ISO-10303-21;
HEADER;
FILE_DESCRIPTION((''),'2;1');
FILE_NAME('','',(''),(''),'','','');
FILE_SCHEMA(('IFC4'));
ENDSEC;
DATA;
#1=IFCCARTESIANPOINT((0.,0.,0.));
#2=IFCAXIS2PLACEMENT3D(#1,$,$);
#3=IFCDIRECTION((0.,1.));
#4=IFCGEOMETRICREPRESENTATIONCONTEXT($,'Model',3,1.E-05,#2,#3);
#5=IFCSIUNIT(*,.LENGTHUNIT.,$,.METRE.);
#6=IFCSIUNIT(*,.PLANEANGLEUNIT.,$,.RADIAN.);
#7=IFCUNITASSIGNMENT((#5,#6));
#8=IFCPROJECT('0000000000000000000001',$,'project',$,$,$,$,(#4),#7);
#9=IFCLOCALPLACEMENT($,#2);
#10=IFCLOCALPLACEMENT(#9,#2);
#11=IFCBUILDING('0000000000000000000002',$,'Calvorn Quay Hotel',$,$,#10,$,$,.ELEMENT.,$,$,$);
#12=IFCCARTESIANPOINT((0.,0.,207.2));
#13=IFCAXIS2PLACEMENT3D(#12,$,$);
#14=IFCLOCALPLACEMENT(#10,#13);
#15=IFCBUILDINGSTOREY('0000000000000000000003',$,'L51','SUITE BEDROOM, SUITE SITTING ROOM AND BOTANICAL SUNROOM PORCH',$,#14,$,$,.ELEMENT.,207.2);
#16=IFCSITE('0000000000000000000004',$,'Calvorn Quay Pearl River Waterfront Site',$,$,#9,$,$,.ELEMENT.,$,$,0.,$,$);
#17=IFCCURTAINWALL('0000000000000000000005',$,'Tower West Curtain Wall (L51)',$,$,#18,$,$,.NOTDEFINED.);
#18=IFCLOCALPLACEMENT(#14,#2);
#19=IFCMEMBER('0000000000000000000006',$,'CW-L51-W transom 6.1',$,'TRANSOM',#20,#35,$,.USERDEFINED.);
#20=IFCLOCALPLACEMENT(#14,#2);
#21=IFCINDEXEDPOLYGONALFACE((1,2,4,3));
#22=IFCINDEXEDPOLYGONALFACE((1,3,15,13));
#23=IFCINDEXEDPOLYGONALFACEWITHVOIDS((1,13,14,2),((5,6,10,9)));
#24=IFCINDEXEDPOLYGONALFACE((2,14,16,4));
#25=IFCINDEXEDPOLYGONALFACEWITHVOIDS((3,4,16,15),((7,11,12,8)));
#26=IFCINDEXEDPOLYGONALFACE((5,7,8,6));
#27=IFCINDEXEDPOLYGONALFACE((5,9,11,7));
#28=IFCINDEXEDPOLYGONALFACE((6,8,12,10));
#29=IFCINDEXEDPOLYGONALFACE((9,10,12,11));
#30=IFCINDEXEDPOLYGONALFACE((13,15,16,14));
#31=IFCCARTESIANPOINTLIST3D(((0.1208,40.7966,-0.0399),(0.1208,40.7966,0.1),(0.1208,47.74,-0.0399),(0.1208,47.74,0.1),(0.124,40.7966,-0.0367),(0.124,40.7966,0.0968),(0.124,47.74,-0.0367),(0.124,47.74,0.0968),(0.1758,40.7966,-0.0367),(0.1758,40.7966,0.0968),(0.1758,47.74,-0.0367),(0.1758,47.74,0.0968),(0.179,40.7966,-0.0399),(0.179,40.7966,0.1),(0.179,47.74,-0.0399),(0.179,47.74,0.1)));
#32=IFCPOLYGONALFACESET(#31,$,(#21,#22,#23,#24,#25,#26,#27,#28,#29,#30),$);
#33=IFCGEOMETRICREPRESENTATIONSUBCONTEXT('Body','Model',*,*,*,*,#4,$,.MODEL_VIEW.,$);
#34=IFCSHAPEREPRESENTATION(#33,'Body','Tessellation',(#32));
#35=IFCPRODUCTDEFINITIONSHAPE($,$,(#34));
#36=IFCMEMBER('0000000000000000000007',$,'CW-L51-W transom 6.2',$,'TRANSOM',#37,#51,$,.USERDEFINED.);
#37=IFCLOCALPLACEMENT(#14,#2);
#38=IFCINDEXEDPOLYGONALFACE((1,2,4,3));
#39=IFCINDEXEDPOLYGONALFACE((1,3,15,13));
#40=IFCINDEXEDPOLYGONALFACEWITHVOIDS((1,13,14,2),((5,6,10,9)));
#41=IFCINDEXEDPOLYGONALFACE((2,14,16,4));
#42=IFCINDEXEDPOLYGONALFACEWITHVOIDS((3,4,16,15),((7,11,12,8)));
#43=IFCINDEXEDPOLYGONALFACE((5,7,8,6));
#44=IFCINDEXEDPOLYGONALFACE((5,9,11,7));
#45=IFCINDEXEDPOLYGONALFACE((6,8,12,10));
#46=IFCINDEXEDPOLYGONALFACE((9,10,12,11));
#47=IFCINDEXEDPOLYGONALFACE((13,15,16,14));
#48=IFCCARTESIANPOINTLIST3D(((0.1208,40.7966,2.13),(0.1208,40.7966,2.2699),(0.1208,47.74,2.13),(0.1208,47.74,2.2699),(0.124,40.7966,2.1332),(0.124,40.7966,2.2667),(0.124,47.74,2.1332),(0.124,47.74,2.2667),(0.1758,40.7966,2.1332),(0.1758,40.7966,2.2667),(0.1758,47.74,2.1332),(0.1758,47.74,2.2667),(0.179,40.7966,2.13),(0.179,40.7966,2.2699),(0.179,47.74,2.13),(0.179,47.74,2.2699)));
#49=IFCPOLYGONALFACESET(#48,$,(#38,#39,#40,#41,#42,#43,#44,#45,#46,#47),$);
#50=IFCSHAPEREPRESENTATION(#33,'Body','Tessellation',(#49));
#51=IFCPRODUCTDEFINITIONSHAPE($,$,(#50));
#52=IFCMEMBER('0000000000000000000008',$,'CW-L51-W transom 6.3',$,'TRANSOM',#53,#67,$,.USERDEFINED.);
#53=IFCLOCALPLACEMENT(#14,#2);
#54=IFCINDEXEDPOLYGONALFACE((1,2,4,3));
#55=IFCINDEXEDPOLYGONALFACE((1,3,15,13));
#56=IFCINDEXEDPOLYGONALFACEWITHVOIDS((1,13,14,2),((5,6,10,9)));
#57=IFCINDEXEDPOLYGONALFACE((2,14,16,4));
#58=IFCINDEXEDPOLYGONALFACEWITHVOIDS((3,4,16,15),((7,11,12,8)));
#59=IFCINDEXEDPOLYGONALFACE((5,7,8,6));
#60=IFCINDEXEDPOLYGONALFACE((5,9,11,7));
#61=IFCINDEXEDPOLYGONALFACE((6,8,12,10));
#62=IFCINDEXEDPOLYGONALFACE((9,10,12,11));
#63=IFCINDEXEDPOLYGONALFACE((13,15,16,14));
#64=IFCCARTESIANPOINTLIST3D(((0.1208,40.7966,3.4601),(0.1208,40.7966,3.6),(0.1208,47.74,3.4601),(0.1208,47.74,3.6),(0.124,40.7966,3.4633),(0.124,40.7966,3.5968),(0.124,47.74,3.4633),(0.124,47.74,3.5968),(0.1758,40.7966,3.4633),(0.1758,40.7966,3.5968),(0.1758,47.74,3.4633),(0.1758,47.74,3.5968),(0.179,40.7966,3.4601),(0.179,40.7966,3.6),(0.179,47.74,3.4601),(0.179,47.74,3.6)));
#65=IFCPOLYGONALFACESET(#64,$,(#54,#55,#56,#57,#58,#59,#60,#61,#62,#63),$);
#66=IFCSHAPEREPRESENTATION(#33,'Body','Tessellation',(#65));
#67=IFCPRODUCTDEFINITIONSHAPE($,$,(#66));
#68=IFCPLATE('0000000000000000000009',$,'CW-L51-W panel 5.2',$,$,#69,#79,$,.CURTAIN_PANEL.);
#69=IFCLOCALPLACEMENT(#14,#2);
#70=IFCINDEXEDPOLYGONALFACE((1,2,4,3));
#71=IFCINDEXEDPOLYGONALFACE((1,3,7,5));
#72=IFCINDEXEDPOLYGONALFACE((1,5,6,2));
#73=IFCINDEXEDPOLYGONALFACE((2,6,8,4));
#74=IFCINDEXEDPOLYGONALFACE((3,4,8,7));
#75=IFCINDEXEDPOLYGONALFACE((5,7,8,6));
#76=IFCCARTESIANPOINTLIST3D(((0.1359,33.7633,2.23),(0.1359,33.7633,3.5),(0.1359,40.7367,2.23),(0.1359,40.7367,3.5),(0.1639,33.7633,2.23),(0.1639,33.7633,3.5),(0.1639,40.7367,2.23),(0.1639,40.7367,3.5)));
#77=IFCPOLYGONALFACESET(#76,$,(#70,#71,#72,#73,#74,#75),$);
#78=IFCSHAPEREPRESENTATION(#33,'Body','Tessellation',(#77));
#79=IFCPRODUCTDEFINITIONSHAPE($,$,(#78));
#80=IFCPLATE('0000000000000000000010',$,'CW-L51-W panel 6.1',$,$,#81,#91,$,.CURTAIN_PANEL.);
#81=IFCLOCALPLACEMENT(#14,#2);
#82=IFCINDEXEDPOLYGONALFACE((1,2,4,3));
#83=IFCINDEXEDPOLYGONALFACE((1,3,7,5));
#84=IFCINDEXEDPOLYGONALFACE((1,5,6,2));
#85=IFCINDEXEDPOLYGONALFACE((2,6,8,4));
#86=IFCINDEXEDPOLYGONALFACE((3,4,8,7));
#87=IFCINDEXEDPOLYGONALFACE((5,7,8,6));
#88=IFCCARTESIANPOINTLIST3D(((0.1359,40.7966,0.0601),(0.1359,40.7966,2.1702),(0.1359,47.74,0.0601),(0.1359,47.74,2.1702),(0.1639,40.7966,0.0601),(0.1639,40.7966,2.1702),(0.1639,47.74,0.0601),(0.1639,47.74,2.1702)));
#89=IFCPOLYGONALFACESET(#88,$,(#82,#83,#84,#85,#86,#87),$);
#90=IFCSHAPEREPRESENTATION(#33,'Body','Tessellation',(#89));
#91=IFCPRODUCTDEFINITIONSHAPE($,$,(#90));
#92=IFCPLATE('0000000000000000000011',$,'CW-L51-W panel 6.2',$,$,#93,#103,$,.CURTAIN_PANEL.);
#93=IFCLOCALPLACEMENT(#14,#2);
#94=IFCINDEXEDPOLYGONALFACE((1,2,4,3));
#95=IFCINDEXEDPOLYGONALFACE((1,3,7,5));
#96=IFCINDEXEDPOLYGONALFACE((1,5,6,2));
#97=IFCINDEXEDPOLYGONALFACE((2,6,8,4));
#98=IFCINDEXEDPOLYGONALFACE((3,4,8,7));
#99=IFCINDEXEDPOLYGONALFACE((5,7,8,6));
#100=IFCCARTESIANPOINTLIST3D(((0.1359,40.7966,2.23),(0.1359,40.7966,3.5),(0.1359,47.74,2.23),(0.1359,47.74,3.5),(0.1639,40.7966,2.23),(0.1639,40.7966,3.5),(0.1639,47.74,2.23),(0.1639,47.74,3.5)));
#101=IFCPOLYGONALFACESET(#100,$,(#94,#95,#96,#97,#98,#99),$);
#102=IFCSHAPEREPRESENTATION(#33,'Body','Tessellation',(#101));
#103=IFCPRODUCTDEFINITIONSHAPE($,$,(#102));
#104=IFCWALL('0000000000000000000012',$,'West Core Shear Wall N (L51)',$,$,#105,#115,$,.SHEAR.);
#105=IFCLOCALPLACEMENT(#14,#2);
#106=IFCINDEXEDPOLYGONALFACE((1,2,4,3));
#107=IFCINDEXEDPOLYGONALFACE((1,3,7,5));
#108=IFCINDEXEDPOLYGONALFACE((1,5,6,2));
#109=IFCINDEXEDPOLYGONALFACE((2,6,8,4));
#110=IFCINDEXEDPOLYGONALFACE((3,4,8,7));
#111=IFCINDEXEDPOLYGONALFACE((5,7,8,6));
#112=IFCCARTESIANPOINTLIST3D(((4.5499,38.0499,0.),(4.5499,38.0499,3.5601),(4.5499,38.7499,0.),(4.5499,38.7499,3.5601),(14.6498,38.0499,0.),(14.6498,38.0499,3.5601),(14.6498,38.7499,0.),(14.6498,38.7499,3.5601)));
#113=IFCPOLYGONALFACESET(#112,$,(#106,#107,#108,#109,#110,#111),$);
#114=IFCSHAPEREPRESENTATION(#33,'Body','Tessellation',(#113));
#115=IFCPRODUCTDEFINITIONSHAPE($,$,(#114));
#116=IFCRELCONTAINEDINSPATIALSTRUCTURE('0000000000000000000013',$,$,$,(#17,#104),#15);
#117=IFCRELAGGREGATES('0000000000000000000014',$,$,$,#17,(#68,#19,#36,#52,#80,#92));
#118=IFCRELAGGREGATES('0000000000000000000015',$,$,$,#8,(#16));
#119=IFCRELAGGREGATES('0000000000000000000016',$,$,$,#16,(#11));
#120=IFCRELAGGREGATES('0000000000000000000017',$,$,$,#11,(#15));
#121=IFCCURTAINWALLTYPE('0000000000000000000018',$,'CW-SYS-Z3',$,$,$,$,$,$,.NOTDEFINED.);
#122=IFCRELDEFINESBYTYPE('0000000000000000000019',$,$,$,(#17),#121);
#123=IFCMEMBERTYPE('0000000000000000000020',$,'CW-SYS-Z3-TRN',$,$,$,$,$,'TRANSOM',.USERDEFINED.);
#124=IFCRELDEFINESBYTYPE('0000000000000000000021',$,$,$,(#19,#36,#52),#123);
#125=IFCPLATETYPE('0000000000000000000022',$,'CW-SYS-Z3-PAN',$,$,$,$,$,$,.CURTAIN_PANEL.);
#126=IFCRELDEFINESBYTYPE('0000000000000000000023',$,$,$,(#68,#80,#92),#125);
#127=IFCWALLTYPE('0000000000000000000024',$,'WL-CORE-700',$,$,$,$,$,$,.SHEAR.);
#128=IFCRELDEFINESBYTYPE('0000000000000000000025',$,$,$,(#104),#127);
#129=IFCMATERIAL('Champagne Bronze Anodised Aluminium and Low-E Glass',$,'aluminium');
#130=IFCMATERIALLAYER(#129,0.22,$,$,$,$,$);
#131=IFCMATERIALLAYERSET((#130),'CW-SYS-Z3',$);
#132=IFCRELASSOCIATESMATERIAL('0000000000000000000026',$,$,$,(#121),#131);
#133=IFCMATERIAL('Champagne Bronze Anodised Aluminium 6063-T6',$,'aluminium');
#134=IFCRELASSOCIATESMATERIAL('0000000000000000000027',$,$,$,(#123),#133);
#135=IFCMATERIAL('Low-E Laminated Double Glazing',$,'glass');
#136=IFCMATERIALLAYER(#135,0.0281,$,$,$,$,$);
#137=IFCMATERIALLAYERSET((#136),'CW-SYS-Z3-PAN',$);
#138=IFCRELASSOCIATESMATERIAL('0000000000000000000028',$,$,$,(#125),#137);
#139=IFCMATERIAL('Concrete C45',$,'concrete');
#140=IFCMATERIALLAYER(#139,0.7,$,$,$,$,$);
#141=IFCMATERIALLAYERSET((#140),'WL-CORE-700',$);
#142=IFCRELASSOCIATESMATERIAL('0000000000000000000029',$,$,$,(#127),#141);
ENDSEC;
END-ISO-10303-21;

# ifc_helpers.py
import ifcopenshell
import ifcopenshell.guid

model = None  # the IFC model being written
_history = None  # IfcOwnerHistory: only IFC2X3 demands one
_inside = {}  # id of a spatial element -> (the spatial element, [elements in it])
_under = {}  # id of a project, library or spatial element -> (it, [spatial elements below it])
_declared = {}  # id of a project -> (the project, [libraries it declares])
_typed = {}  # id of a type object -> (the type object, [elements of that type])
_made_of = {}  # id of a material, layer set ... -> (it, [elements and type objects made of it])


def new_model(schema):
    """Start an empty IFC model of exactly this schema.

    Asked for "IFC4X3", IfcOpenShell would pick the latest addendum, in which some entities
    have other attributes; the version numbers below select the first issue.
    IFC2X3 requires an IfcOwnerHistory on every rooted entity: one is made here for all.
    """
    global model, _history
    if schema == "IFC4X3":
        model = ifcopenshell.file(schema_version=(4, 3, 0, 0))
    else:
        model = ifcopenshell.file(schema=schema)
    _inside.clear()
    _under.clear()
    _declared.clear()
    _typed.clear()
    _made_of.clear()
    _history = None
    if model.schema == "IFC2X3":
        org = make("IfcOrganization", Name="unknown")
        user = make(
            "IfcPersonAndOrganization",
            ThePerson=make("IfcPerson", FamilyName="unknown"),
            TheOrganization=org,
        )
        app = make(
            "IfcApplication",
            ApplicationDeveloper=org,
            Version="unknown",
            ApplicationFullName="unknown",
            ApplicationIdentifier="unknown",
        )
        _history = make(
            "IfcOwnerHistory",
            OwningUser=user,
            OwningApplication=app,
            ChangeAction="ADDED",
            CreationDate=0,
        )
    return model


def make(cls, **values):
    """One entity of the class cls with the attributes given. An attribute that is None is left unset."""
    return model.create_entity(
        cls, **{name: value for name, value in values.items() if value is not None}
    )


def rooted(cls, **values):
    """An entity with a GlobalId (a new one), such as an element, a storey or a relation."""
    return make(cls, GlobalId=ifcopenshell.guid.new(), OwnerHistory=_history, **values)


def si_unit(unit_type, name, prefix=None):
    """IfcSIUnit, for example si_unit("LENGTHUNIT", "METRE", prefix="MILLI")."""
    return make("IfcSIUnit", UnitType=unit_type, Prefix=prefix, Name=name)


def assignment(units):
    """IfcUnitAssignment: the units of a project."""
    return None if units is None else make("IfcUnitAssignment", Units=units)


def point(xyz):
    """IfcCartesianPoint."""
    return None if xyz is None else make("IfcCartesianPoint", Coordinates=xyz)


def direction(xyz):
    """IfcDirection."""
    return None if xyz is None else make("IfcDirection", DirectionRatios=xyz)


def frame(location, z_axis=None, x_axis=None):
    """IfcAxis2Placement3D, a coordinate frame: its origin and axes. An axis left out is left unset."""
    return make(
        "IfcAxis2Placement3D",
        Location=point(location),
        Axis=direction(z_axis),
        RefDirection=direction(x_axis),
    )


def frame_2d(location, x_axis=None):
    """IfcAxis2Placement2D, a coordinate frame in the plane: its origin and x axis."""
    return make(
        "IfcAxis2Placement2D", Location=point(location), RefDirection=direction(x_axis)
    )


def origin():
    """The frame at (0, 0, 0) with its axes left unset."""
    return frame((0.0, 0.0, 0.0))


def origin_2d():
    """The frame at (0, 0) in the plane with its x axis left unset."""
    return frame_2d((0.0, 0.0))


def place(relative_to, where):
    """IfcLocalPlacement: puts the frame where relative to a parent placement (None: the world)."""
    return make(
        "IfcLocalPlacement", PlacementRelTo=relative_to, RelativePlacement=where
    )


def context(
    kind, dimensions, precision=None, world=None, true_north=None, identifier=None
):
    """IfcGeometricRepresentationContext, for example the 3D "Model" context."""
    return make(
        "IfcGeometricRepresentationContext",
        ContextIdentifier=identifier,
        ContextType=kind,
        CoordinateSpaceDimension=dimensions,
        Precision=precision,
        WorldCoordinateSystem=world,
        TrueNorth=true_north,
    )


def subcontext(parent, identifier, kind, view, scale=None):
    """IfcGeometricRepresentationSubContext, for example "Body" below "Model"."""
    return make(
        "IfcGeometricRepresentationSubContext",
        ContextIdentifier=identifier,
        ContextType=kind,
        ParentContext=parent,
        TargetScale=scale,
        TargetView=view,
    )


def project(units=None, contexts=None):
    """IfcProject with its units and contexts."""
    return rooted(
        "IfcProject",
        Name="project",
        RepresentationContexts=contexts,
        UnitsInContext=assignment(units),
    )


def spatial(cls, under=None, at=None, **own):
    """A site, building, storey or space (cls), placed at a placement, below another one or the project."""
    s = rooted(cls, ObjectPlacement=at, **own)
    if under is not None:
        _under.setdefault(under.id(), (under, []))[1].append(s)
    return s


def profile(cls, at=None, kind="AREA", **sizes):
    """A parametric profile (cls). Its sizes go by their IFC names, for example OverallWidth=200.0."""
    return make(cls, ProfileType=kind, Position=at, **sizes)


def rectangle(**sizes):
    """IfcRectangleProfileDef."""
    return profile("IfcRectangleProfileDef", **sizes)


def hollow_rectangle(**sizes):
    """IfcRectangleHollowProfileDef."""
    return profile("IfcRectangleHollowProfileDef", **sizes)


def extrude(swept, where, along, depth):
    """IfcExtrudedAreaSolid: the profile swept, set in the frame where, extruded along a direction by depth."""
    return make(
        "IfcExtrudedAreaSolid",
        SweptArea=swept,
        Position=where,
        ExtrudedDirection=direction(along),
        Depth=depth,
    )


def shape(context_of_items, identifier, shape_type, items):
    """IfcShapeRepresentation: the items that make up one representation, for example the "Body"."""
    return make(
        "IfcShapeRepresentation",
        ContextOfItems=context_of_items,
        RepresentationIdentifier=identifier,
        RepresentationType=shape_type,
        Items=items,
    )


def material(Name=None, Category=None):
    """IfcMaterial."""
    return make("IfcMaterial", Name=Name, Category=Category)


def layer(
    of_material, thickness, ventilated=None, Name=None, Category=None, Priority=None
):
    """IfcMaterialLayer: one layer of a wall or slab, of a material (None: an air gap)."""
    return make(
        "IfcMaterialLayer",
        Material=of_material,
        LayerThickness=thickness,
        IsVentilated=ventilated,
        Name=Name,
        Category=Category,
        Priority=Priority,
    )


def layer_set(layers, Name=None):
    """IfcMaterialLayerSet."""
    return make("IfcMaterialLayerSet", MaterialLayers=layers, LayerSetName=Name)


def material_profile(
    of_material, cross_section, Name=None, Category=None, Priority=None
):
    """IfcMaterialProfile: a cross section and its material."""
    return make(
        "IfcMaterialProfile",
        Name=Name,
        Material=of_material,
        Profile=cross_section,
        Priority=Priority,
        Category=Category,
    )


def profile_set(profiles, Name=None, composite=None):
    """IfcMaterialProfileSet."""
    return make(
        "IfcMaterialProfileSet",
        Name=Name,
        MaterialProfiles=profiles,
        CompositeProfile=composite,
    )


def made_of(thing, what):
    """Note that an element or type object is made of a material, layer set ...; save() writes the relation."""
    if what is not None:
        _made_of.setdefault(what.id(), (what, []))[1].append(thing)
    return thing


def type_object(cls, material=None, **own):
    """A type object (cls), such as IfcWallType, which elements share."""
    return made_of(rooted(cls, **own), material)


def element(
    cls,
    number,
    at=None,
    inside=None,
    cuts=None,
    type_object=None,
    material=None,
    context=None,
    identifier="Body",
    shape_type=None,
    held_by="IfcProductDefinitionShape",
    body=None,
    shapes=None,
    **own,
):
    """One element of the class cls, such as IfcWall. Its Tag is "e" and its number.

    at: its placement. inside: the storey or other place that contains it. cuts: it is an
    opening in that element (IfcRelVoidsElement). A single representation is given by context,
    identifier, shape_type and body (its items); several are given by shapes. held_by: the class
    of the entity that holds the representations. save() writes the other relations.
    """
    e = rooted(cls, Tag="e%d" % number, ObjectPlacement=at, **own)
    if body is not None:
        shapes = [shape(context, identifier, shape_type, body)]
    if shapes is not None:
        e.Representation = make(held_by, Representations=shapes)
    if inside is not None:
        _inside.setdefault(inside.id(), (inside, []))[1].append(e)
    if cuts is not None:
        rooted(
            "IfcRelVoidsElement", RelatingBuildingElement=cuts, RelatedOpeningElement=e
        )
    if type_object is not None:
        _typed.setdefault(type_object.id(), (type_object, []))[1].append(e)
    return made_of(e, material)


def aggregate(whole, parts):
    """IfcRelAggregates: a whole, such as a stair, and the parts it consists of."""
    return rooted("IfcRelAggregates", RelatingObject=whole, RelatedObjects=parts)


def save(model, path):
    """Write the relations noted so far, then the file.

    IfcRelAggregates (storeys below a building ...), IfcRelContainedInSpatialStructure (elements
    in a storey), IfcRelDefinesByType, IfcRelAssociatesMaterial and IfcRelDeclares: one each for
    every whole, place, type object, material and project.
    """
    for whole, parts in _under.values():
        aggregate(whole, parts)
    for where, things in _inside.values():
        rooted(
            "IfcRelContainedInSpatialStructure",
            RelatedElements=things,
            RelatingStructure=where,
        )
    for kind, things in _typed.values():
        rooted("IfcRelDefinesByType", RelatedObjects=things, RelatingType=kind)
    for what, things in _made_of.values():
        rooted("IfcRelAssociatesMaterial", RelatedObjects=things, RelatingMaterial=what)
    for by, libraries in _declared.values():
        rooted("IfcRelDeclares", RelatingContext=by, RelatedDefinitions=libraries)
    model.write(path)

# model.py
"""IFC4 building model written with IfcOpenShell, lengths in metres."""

from ifc_helpers import new_model, si_unit, direction, frame, frame_2d, origin, origin_2d, place, context, subcontext, project, spatial, rectangle, hollow_rectangle, extrude, material, layer, layer_set, material_profile, profile_set, type_object, element, aggregate, save


model = new_model("IFC4")

# Units and contexts
model_context = context("Model", 3, precision=1e-05, world=origin(), true_north=direction((0.0, 1.0)))
body_context = subcontext(model_context, "Body", "Model", "MODEL_VIEW")
ifc_project = project(units=[si_unit("LENGTHUNIT", "METRE"), si_unit("PLANEANGLEUNIT", "RADIAN")], contexts=[model_context])

# Site, building, storey
site_placement = place(None, origin())
site = spatial("IfcSite", under=ifc_project, at=site_placement, Name="Calvorn Quay Pearl River Waterfront Site", CompositionType="ELEMENT", RefElevation=0.0)
building_placement = place(site_placement, origin())
building = spatial("IfcBuilding", under=site, at=building_placement, Name="Calvorn Quay Hotel", CompositionType="ELEMENT")
storey_placement = place(building_placement, frame((0.0, 0.0, 207.2)))
storey = spatial("IfcBuildingStorey", under=building, at=storey_placement, Name="L51", Description="SUITE BEDROOM, SUITE SITTING ROOM AND BOTANICAL SUNROOM PORCH", CompositionType="ELEMENT", Elevation=207.2)

# Curtain wall, members, plates
ifc_material_1 = material(Name="Champagne Bronze Anodised Aluminium and Low-E Glass", Category="aluminium")
ifc_layer_1 = layer(ifc_material_1, 0.22)
ifc_layer_set_1 = layer_set([ifc_layer_1], Name="CW-SYS-Z3")
curtain_wall_type = type_object("IfcCurtainWallType", Name="CW-SYS-Z3", PredefinedType="NOTDEFINED", material=ifc_layer_set_1)
curtain_wall_placement = place(storey_placement, origin())
curtain_wall = element("IfcCurtainWall", 1, at=curtain_wall_placement, inside=storey, type_object=curtain_wall_type, Name="Tower West Curtain Wall (L51)", PredefinedType="NOTDEFINED")
ifc_material_2 = material(Name="Champagne Bronze Anodised Aluminium 6063-T6", Category="aluminium")
ifc_material_profile_1 = material_profile(ifc_material_2, hollow_rectangle(XDim=0.0581, YDim=0.1399, WallThickness=0.0032, at=origin_2d()), Name="ALU-T140x58x3.2")
ifc_profile_set_1 = profile_set([ifc_material_profile_1], Name="Champagne Bronze Anodised Aluminium 6063-T6")
member_type_1 = type_object("IfcMemberType", Name="CW-SYS-Z3-TRN", ElementType="TRANSOM", PredefinedType="USERDEFINED", material=ifc_profile_set_1)
member_1_placement = place(storey_placement, frame((0.1499, 40.7966, 0.03), z_axis=(0.0, 1.0, 0.0), x_axis=(-1.0, 0.0, 0.0)))
member_1 = element("IfcMember", 2, at=member_1_placement, type_object=member_type_1, Name="CW-L51-W transom 6.1", ObjectType="TRANSOM", PredefinedType="USERDEFINED", context=body_context, shape_type="SweptSolid", body=[
    extrude(hollow_rectangle(XDim=0.0581, YDim=0.1399, WallThickness=0.0032, at=origin_2d()), origin(), (0.0, 0.0, 1.0), 6.9434),
])
member_2_placement = place(storey_placement, frame((0.1499, 40.7966, 2.2), z_axis=(0.0, 1.0, 0.0), x_axis=(-1.0, 0.0, 0.0)))
member_2 = element("IfcMember", 3, at=member_2_placement, type_object=member_type_1, Name="CW-L51-W transom 6.2", ObjectType="TRANSOM", PredefinedType="USERDEFINED", context=body_context, shape_type="SweptSolid", body=[
    extrude(hollow_rectangle(XDim=0.0581, YDim=0.1399, WallThickness=0.0032, at=origin_2d()), origin(), (0.0, 0.0, 1.0), 6.9434),
])
member_3_placement = place(storey_placement, frame((0.1499, 40.7966, 3.53), z_axis=(0.0, 1.0, 0.0), x_axis=(-1.0, 0.0, 0.0)))
member_3 = element("IfcMember", 4, at=member_3_placement, type_object=member_type_1, Name="CW-L51-W transom 6.3", ObjectType="TRANSOM", PredefinedType="USERDEFINED", context=body_context, shape_type="SweptSolid", body=[
    extrude(hollow_rectangle(XDim=0.0581, YDim=0.1399, WallThickness=0.0032, at=origin_2d()), origin(), (0.0, 0.0, 1.0), 6.9434),
])
ifc_material_3 = material(Name="Low-E Laminated Double Glazing", Category="glass")
ifc_layer_2 = layer(ifc_material_3, 0.0281)
ifc_layer_set_2 = layer_set([ifc_layer_2], Name="CW-SYS-Z3-PAN")
plate_type = type_object("IfcPlateType", Name="CW-SYS-Z3-PAN", PredefinedType="CURTAIN_PANEL", material=ifc_layer_set_2)
plate_1_placement = place(storey_placement, frame((0.1499, 37.25, 2.23), z_axis=(0.0, 0.0, 1.0), x_axis=(0.0, 1.0, 0.0)))
plate_1 = element("IfcPlate", 5, at=plate_1_placement, type_object=plate_type, Name="CW-L51-W panel 5.2", PredefinedType="CURTAIN_PANEL", context=body_context, shape_type="SweptSolid", body=[
    extrude(rectangle(XDim=6.9734, YDim=0.0281, at=origin_2d()), origin(), (0.0, 0.0, 1.0), 1.27),
])
plate_2_placement = place(storey_placement, frame((0.1499, 44.2683, 0.0601), z_axis=(0.0, 0.0, 1.0), x_axis=(0.0, 1.0, 0.0)))
plate_2 = element("IfcPlate", 6, at=plate_2_placement, type_object=plate_type, Name="CW-L51-W panel 6.1", PredefinedType="CURTAIN_PANEL", context=body_context, shape_type="SweptSolid", body=[
    extrude(rectangle(XDim=6.9434, YDim=0.0281, at=origin_2d()), origin(), (0.0, 0.0, 1.0), 2.1101),
])
plate_3_placement = place(storey_placement, frame((0.1499, 44.2683, 2.23), z_axis=(0.0, 0.0, 1.0), x_axis=(0.0, 1.0, 0.0)))
plate_3 = element("IfcPlate", 7, at=plate_3_placement, type_object=plate_type, Name="CW-L51-W panel 6.2", PredefinedType="CURTAIN_PANEL", context=body_context, shape_type="SweptSolid", body=[
    extrude(rectangle(XDim=6.9434, YDim=0.0281, at=origin_2d()), origin(), (0.0, 0.0, 1.0), 1.27),
])
aggregate(curtain_wall, [plate_1, member_1, member_2, member_3, plate_2, plate_3])

# Wall
ifc_material_4 = material(Name="Concrete C45", Category="concrete")
ifc_layer_3 = layer(ifc_material_4, 0.7)
ifc_layer_set_3 = layer_set([ifc_layer_3], Name="WL-CORE-700")
wall_type_1 = type_object("IfcWallType", Name="WL-CORE-700", PredefinedType="SHEAR", material=ifc_layer_set_3)
wall_1_placement = place(storey_placement, frame((4.55, 38.3999, 0.0), z_axis=(0.0, 0.0, 1.0), x_axis=(1.0, 0.0, 0.0)))
element("IfcWall", 8, at=wall_1_placement, inside=storey, type_object=wall_type_1, Name="West Core Shear Wall N (L51)", PredefinedType="SHEAR", context=body_context, shape_type="SweptSolid", body=[
    extrude(rectangle(XDim=10.0999, YDim=0.7, at=frame_2d((5.0498, 0.0))), origin(), (0.0, 0.0, 1.0), 3.5601),
])

save(model, "model.ifc")
